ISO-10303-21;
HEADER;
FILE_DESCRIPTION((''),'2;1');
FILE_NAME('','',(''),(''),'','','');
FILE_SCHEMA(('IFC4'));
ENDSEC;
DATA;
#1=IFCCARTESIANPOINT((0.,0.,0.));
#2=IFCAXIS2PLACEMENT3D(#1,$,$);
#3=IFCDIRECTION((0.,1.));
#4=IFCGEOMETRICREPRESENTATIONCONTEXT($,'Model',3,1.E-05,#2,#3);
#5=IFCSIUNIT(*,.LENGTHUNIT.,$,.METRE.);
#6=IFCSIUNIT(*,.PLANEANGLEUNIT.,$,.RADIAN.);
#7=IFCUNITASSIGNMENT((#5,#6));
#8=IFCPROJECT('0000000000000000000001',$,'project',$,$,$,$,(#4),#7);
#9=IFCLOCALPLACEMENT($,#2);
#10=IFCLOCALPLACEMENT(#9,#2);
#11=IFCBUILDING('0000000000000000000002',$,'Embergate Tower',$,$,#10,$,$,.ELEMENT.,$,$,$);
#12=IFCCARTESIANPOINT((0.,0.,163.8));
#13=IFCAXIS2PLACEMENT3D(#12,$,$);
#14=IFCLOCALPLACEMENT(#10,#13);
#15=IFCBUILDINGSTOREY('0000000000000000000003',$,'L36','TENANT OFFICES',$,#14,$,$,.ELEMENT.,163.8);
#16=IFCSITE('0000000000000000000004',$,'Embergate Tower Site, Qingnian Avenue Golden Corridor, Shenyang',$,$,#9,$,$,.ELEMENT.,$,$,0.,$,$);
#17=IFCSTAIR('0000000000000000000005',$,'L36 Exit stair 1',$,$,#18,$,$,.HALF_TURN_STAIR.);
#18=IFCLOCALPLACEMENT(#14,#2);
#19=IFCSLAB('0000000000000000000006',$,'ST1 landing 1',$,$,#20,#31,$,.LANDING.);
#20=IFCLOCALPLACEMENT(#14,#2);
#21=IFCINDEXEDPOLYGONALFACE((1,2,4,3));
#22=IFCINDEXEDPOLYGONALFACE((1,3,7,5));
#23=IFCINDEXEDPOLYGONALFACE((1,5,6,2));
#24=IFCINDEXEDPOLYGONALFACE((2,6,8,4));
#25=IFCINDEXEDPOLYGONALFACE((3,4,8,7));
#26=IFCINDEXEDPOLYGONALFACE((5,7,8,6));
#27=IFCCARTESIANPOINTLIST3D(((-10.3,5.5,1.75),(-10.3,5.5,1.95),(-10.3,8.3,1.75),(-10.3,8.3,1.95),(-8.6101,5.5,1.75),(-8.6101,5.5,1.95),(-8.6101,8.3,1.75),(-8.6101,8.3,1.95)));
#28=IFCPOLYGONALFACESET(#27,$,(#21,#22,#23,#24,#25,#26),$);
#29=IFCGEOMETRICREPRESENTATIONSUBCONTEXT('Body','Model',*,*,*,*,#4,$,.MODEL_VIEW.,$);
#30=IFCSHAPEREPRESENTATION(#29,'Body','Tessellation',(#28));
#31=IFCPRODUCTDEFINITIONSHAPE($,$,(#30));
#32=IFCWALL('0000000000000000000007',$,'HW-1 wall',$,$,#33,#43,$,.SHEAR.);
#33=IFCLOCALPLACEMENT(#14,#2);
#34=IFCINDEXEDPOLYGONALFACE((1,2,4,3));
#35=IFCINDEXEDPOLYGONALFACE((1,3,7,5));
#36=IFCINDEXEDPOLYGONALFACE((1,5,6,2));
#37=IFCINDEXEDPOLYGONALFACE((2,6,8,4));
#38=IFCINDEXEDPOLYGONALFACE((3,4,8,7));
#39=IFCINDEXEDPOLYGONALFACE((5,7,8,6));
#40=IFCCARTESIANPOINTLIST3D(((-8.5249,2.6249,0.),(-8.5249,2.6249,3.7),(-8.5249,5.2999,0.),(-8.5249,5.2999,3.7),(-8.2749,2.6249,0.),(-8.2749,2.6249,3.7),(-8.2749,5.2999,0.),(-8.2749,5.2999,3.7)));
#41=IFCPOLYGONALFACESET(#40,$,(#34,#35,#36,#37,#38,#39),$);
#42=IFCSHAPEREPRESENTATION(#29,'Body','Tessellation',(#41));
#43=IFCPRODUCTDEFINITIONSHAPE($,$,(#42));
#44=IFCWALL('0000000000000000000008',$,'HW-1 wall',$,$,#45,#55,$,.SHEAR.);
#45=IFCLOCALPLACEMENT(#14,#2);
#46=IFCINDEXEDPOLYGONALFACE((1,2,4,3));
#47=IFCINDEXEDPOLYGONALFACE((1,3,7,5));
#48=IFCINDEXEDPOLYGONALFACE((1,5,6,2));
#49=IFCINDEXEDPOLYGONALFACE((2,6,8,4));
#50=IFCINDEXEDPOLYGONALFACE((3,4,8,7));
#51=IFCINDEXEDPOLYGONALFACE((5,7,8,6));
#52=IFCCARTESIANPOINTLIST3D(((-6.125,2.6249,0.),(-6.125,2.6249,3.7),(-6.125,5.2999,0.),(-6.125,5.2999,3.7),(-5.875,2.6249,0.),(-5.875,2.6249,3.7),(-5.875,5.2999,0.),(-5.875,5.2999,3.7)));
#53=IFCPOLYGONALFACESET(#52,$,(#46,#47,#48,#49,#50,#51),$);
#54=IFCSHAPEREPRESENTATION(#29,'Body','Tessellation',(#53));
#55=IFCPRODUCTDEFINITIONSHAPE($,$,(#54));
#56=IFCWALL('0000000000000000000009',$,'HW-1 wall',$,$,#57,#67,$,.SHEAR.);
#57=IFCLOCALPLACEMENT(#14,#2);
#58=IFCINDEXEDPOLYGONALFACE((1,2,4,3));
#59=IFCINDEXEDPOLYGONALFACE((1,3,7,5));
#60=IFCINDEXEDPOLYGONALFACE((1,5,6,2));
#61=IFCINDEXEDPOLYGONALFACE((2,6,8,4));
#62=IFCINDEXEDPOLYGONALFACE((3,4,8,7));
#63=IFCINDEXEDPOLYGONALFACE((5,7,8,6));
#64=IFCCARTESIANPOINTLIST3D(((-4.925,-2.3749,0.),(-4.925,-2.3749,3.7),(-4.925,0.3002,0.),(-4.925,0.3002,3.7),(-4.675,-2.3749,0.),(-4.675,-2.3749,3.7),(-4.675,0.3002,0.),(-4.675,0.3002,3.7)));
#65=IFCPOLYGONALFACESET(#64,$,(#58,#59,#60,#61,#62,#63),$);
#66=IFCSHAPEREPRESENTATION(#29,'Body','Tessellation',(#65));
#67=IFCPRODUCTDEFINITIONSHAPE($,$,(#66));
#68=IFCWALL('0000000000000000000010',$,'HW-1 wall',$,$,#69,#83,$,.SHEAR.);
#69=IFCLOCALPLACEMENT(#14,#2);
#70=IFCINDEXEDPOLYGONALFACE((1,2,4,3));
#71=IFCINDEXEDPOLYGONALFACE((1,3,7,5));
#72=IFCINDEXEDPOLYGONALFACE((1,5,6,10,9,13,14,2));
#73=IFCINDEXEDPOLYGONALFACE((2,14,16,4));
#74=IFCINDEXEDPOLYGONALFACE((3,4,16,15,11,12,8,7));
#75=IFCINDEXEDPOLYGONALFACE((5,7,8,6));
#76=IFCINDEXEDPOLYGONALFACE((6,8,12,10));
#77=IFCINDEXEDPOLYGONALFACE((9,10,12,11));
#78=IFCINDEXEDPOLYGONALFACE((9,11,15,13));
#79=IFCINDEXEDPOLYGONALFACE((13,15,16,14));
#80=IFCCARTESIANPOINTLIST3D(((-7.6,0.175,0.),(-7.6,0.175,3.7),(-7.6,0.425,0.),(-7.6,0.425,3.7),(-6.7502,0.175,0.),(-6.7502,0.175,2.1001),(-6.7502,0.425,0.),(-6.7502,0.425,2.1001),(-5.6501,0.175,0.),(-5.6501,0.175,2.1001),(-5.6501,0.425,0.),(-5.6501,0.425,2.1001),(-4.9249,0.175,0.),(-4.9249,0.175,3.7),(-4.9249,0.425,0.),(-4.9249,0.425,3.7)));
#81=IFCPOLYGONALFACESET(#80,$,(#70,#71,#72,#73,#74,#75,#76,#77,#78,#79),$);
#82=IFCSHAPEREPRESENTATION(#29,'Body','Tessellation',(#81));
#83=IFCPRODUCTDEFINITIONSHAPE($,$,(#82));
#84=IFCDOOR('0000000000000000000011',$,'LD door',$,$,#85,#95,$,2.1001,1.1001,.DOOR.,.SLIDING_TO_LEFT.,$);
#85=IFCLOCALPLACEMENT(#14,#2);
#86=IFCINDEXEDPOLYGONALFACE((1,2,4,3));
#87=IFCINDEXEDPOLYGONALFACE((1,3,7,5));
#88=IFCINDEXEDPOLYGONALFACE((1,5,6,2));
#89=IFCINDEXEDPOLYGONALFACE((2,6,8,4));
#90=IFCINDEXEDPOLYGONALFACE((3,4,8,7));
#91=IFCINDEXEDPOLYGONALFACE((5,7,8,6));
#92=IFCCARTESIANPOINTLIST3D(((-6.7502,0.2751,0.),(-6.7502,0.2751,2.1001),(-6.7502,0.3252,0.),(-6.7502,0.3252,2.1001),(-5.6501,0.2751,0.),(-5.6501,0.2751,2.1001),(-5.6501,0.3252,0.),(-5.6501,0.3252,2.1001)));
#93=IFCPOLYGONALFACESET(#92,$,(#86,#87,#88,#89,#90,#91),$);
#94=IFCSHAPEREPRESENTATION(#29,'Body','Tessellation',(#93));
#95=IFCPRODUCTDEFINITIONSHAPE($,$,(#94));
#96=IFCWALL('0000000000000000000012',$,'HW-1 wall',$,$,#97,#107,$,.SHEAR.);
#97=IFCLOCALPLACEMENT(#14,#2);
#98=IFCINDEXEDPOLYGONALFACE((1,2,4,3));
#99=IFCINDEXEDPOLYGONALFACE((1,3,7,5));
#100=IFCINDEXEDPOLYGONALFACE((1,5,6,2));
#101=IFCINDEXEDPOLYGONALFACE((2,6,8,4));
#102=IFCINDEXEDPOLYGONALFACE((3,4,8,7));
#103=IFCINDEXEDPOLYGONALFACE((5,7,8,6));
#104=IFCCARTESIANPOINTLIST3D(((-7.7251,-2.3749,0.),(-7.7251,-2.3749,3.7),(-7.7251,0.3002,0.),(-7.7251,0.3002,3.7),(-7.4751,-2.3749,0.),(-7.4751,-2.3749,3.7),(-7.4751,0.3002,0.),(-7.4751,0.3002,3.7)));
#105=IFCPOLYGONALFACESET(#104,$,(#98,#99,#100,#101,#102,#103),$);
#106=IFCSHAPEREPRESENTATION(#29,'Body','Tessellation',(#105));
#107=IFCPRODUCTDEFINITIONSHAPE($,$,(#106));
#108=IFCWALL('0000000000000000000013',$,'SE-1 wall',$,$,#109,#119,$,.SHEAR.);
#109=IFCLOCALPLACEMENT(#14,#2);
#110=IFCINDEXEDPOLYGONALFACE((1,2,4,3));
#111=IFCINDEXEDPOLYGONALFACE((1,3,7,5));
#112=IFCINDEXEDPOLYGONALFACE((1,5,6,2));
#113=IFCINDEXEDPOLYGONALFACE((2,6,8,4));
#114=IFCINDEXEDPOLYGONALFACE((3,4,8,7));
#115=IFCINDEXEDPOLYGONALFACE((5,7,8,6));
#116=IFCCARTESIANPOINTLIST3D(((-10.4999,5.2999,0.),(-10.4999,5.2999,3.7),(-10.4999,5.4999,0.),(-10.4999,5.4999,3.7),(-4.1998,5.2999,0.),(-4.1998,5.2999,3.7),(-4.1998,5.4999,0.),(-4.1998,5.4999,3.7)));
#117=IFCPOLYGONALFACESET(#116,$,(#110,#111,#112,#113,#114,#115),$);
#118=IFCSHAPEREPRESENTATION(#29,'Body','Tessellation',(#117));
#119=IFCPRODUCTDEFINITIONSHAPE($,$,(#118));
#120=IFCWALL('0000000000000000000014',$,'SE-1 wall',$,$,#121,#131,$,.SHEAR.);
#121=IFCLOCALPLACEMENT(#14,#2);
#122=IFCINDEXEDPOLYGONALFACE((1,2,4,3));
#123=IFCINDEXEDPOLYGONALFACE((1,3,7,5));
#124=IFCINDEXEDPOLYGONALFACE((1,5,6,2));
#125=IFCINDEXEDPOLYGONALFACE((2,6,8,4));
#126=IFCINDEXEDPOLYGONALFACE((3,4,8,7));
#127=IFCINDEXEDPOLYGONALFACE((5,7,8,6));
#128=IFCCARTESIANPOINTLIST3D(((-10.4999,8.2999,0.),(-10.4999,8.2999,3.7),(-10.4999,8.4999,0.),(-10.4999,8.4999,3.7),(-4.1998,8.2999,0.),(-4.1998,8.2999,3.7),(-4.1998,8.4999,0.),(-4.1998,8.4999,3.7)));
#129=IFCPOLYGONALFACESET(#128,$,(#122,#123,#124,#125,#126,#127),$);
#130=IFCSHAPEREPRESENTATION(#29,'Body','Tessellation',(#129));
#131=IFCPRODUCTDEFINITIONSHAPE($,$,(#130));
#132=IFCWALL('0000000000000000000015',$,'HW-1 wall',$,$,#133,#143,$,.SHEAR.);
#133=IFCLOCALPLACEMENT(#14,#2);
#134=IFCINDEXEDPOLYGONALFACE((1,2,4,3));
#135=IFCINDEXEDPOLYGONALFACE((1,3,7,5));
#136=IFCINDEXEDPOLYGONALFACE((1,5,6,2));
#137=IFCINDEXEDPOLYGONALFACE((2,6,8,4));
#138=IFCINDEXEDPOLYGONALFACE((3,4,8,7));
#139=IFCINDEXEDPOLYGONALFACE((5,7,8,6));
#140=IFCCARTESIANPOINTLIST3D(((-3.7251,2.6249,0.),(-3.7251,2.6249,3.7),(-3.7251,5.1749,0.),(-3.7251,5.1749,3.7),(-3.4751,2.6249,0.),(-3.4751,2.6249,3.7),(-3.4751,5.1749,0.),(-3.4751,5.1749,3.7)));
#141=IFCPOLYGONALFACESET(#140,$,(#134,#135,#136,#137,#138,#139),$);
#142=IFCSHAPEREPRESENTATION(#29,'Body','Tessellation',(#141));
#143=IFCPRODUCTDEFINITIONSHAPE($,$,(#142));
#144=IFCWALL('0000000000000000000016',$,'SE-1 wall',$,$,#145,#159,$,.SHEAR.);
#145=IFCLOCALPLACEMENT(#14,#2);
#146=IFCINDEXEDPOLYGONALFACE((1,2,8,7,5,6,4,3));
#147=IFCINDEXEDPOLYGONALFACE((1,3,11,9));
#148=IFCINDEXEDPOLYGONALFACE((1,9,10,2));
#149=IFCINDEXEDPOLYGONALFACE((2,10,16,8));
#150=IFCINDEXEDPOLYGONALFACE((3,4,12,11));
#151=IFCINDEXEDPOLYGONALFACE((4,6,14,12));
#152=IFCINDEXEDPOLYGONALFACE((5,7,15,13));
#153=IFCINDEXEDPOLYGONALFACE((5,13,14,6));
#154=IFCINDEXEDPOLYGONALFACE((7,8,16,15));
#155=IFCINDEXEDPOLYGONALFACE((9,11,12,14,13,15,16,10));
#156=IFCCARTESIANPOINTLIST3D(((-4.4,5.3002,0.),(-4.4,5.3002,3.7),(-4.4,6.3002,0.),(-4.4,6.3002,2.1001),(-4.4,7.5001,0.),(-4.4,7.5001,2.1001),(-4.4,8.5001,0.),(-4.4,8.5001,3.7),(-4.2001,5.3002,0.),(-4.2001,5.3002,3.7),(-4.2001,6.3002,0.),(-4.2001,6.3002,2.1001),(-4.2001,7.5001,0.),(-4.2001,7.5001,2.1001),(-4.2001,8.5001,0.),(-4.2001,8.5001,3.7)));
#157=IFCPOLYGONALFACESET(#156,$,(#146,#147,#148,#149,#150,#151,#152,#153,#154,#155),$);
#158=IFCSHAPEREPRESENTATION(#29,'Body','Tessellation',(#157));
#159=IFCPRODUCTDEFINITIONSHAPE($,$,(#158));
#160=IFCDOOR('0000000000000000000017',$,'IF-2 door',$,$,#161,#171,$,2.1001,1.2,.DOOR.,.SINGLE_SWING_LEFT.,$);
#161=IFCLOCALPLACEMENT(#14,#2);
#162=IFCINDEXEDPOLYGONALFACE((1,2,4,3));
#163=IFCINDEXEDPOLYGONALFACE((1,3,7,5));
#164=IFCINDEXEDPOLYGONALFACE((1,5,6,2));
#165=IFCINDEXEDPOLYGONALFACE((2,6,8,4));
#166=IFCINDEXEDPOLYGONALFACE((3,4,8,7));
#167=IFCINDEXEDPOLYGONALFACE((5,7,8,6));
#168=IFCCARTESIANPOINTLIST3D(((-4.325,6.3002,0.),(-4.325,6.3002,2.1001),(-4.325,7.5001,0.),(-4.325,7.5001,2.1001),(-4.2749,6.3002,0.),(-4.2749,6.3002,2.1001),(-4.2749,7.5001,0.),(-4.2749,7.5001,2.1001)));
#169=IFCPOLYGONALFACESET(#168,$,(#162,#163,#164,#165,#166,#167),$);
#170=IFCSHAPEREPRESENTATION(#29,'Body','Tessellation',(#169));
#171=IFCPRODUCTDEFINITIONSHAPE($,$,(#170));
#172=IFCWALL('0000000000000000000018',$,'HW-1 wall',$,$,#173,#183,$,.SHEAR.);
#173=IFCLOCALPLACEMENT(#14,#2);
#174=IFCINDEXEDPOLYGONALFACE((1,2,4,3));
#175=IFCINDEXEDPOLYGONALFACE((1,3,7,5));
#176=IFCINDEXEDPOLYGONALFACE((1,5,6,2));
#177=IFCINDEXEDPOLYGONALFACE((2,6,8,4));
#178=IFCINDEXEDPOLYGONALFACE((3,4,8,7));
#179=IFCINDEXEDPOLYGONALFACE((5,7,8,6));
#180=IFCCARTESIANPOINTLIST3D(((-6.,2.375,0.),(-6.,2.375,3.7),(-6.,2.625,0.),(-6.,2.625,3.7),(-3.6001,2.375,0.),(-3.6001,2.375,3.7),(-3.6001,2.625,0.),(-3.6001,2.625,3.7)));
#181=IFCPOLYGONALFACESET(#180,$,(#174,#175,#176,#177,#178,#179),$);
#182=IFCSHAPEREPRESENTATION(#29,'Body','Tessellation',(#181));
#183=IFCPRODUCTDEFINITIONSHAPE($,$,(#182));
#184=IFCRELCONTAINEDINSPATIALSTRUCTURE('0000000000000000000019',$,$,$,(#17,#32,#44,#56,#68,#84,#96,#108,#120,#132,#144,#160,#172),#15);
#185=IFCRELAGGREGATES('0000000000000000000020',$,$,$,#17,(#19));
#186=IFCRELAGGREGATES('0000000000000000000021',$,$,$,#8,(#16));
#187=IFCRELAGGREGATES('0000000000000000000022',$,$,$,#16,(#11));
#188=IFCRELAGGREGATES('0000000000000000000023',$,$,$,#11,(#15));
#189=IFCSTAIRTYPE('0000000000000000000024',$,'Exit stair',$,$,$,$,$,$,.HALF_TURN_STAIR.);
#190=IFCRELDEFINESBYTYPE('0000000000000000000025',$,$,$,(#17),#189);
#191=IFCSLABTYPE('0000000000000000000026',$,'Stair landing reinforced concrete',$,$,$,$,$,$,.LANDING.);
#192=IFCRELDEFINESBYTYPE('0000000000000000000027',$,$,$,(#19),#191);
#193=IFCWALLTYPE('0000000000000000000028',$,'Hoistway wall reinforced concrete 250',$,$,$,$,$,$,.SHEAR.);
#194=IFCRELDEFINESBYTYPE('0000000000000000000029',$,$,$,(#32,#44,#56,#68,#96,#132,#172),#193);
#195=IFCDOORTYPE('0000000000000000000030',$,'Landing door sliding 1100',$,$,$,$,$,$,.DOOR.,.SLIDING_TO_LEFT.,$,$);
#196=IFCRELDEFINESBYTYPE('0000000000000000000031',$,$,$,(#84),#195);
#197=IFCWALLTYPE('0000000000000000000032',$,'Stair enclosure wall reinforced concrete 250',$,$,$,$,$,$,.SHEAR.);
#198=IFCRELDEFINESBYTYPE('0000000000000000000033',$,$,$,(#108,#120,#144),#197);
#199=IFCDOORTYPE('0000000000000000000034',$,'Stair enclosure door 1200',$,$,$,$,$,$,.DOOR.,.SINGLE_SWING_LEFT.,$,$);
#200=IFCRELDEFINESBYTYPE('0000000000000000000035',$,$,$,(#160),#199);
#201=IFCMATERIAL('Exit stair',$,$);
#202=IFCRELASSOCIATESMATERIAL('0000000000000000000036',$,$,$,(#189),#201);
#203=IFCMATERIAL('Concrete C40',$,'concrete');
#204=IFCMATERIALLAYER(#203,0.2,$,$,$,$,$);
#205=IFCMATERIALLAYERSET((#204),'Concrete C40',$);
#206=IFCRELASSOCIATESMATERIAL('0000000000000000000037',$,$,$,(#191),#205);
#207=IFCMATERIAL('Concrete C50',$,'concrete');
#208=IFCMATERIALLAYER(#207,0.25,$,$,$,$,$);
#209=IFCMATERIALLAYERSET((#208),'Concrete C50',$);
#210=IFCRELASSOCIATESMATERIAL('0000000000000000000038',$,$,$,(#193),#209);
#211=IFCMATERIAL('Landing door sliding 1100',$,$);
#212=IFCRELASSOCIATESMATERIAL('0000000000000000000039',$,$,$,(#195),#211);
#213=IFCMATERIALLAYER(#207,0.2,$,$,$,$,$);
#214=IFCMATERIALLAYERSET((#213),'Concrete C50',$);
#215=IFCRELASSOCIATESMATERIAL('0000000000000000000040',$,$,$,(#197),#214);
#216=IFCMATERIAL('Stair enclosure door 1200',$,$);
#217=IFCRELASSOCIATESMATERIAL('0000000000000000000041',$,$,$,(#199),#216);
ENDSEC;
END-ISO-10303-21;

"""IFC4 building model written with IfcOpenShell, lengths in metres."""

from ifc_helpers import new_model, si_unit, direction, frame, frame_2d, origin, place, context, subcontext, project, spatial, polyline, rectangle, outline, extrude, source, transform, mapped, material, layer, layer_set, type_object, element, fill, aggregate, save


model = new_model("IFC4")

# Units and contexts
model_context = context("Model", 3, precision=1e-05, world=origin(), true_north=direction((0.0, 1.0)))
body_context = subcontext(model_context, "Body", "Model", "MODEL_VIEW")
ifc_project = project(units=[si_unit("LENGTHUNIT", "METRE"), si_unit("PLANEANGLEUNIT", "RADIAN")], contexts=[model_context])

# Site, building, storey
site_placement = place(None, origin())
site = spatial("IfcSite", under=ifc_project, at=site_placement, Name="Embergate Tower Site, Qingnian Avenue Golden Corridor, Shenyang", CompositionType="ELEMENT", RefElevation=0.0)
building_placement = place(site_placement, origin())
building = spatial("IfcBuilding", under=site, at=building_placement, Name="Embergate Tower", CompositionType="ELEMENT")
storey_placement = place(building_placement, frame((0.0, 0.0, 163.8)))
storey = spatial("IfcBuildingStorey", under=building, at=storey_placement, Name="L36", Description="TENANT OFFICES", CompositionType="ELEMENT", Elevation=163.8)

# Stair, slab
ifc_material_1 = material(Name="Exit stair")
stair_type = type_object("IfcStairType", Name="Exit stair", PredefinedType="HALF_TURN_STAIR", material=ifc_material_1)
stair_placement = place(storey_placement, origin())
stair = element("IfcStair", 1, at=stair_placement, inside=storey, type_object=stair_type, Name="L36 Exit stair 1", PredefinedType="HALF_TURN_STAIR")
ifc_material_2 = material(Name="Concrete C40", Category="concrete")
ifc_layer_1 = layer(ifc_material_2, 0.2)
ifc_layer_set_1 = layer_set([ifc_layer_1], Name="Concrete C40")
slab_type = type_object("IfcSlabType", Name="Stair landing reinforced concrete", PredefinedType="LANDING", material=ifc_layer_set_1)
shared_shape_1 = source(origin(), body_context, "Body", "SweptSolid", [
    extrude(outline(polyline([(0.0, 0.0), (1.6899, 0.0), (1.6899, 2.8), (0.0, 2.8), (0.0, 0.0)])), origin(), (0.0, 0.0, 1.0), 0.2),
])
slab_placement = place(storey_placement, frame((-10.3, 5.5, 1.75)))
slab = element("IfcSlab", 2, at=slab_placement, type_object=slab_type, Name="ST1 landing 1", PredefinedType="LANDING", context=body_context, shape_type="MappedRepresentation", body=[
    mapped(shared_shape_1, transform((0.0, 0.0, 0.0))),
])

# Walls
ifc_material_3 = material(Name="Concrete C50", Category="concrete")
ifc_layer_2 = layer(ifc_material_3, 0.25)
ifc_layer_set_2 = layer_set([ifc_layer_2], Name="Concrete C50")
wall_type_1 = type_object("IfcWallType", Name="Hoistway wall reinforced concrete 250", PredefinedType="SHEAR", material=ifc_layer_set_2)
shared_shape_2 = source(origin(), body_context, "Body", "SweptSolid", [
    extrude(rectangle(XDim=2.675, YDim=0.25, at=frame_2d((1.3374, 0.0))), origin(), (0.0, 0.0, 1.0), 3.7),
])
for number, where, z_axis, x_axis, name in (
    (3, (-8.3999, 2.625, 0.0), (0.0, 0.0, 1.0), (0.0, 1.0, 0.0), "HW-1 wall"),
    (4, (-6.0, 2.625, 0.0), (0.0, 0.0, 1.0), (0.0, 1.0, 0.0), "HW-1 wall"),
    (5, (-4.8, 0.3, 0.0), (0.0, 0.0, 1.0), (0.0, -1.0, 0.0), "HW-1 wall"),
):
    element("IfcWall", number, at=place(storey_placement, frame(where, z_axis=z_axis, x_axis=x_axis)), inside=storey, type_object=wall_type_1, Name=name, PredefinedType="SHEAR", context=body_context, shape_type="MappedRepresentation", body=[
        mapped(shared_shape_2, transform((0.0, 0.0, 0.0))),
    ])

# Wall, opening, door
wall_1_placement = place(storey_placement, frame((-4.925, 0.3, 0.0), z_axis=(0.0, 0.0, 1.0), x_axis=(-1.0, 0.0, 0.0)))
wall_1 = element("IfcWall", 6, at=wall_1_placement, inside=storey, type_object=wall_type_1, Name="HW-1 wall", PredefinedType="SHEAR", context=body_context, shape_type="MappedRepresentation", body=[
    mapped(shared_shape_2, transform((0.0, 0.0, 0.0))),
])
shared_shape_3 = source(origin(), body_context, "Body", "SweptSolid", [
    extrude(rectangle(XDim=1.1001, YDim=2.1001, at=frame_2d((0.55, 1.05))), frame((0.0, 0.135, 0.0), z_axis=(0.0, -1.0, 0.0), x_axis=(1.0, 0.0, 0.0)), (0.0, 0.0, 1.0), 0.27),
])
opening_1_placement = place(wall_1_placement, frame((0.7251, 0.0, 0.0)))
opening_1 = element("IfcOpeningElement", 7, at=opening_1_placement, cuts=wall_1, PredefinedType="OPENING", context=body_context, shape_type="MappedRepresentation", body=[
    mapped(shared_shape_3, transform((0.0, 0.0, 0.0))),
])
ifc_material_4 = material(Name="Landing door sliding 1100")
door_type_1 = type_object("IfcDoorType", Name="Landing door sliding 1100", OperationType="SLIDING_TO_LEFT", PredefinedType="DOOR", material=ifc_material_4)
shared_shape_4 = source(origin(), body_context, "Body", "SweptSolid", [
    extrude(rectangle(XDim=1.1001, YDim=2.1001, at=frame_2d((0.55, 1.05))), frame((0.0, 0.0249, 0.0), z_axis=(0.0, -1.0, 0.0), x_axis=(1.0, 0.0, 0.0)), (0.0, 0.0, 1.0), 0.05),
])
door_1_placement = place(opening_1_placement, origin())
door_1 = element("IfcDoor", 8, at=door_1_placement, inside=storey, type_object=door_type_1, Name="LD door", OperationType="SLIDING_TO_LEFT", OverallHeight=2.1001, OverallWidth=1.1001, PredefinedType="DOOR", context=body_context, shape_type="MappedRepresentation", body=[
    mapped(shared_shape_4, transform((0.0, 0.0, 0.0))),
])
fill(opening_1, door_1)

# Walls
wall_2_placement = place(storey_placement, frame((-7.6001, 0.3, 0.0), z_axis=(0.0, 0.0, 1.0), x_axis=(0.0, -1.0, 0.0)))
element("IfcWall", 9, at=wall_2_placement, inside=storey, type_object=wall_type_1, Name="HW-1 wall", PredefinedType="SHEAR", context=body_context, shape_type="MappedRepresentation", body=[
    mapped(shared_shape_2, transform((0.0, 0.0, 0.0))),
])
ifc_layer_3 = layer(ifc_material_3, 0.2)
ifc_layer_set_3 = layer_set([ifc_layer_3], Name="Concrete C50")
wall_type_2 = type_object("IfcWallType", Name="Stair enclosure wall reinforced concrete 250", PredefinedType="SHEAR", material=ifc_layer_set_3)
shared_shape_5 = source(origin(), body_context, "Body", "SweptSolid", [
    extrude(rectangle(XDim=6.3, YDim=0.2, at=frame_2d((3.1499, 0.0))), origin(), (0.0, 0.0, 1.0), 3.7),
])
for number, where, z_axis, x_axis, name in (
    (10, (-4.2, 5.3999, 0.0), (0.0, 0.0, 1.0), (-1.0, 0.0, 0.0), "SE-1 wall"),
    (11, (-4.2, 8.3999, 0.0), (0.0, 0.0, 1.0), (-1.0, 0.0, 0.0), "SE-1 wall"),
):
    element("IfcWall", number, at=place(storey_placement, frame(where, z_axis=z_axis, x_axis=x_axis)), inside=storey, type_object=wall_type_2, Name=name, PredefinedType="SHEAR", context=body_context, shape_type="MappedRepresentation", body=[
        mapped(shared_shape_5, transform((0.0, 0.0, 0.0))),
    ])
shared_shape_6 = source(origin(), body_context, "Body", "SweptSolid", [
    extrude(rectangle(XDim=2.55, YDim=0.25, at=frame_2d((1.2749, 0.0))), origin(), (0.0, 0.0, 1.0), 3.7),
])
wall_3_placement = place(storey_placement, frame((-3.6001, 2.625, 0.0), z_axis=(0.0, 0.0, 1.0), x_axis=(0.0, 1.0, 0.0)))
element("IfcWall", 12, at=wall_3_placement, inside=storey, type_object=wall_type_1, Name="HW-1 wall", PredefinedType="SHEAR", context=body_context, shape_type="MappedRepresentation", body=[
    mapped(shared_shape_6, transform((0.0, 0.0, 0.0))),
])

# Wall, opening, door
shared_shape_7 = source(origin(), body_context, "Body", "SweptSolid", [
    extrude(rectangle(XDim=3.2, YDim=0.2, at=frame_2d((1.6001, 0.0))), origin(), (0.0, 0.0, 1.0), 3.7),
])
wall_4_placement = place(storey_placement, frame((-4.3, 5.3, 0.0), z_axis=(0.0, 0.0, 1.0), x_axis=(0.0, 1.0, 0.0)))
wall_4 = element("IfcWall", 13, at=wall_4_placement, inside=storey, type_object=wall_type_2, Name="SE-1 wall", PredefinedType="SHEAR", context=body_context, shape_type="MappedRepresentation", body=[
    mapped(shared_shape_7, transform((0.0, 0.0, 0.0))),
])
shared_shape_8 = source(origin(), body_context, "Body", "SweptSolid", [
    extrude(rectangle(XDim=1.2, YDim=2.1001, at=frame_2d((0.6001, 1.05))), frame((0.0, 0.1099, 0.0), z_axis=(0.0, -1.0, 0.0), x_axis=(1.0, 0.0, 0.0)), (0.0, 0.0, 1.0), 0.22),
])
opening_2_placement = place(wall_4_placement, frame((1.0, 0.0, 0.0)))
opening_2 = element("IfcOpeningElement", 14, at=opening_2_placement, cuts=wall_4, PredefinedType="OPENING", context=body_context, shape_type="MappedRepresentation", body=[
    mapped(shared_shape_8, transform((0.0, 0.0, 0.0))),
])
ifc_material_5 = material(Name="Stair enclosure door 1200")
door_type_2 = type_object("IfcDoorType", Name="Stair enclosure door 1200", OperationType="SINGLE_SWING_LEFT", PredefinedType="DOOR", material=ifc_material_5)
shared_shape_9 = source(origin(), body_context, "Body", "SweptSolid", [
    extrude(rectangle(XDim=1.2, YDim=2.1001, at=frame_2d((0.6001, 1.05))), frame((0.0, 0.0249, 0.0), z_axis=(0.0, -1.0, 0.0), x_axis=(1.0, 0.0, 0.0)), (0.0, 0.0, 1.0), 0.05),
])
door_2_placement = place(opening_2_placement, origin())
door_2 = element("IfcDoor", 15, at=door_2_placement, inside=storey, type_object=door_type_2, Name="IF-2 door", OperationType="SINGLE_SWING_LEFT", OverallHeight=2.1001, OverallWidth=1.2, PredefinedType="DOOR", context=body_context, shape_type="MappedRepresentation", body=[
    mapped(shared_shape_9, transform((0.0, 0.0, 0.0))),
])
fill(opening_2, door_2)

# Wall
shared_shape_10 = source(origin(), body_context, "Body", "SweptSolid", [
    extrude(rectangle(XDim=2.3999, YDim=0.25, at=frame_2d((1.2, 0.0))), origin(), (0.0, 0.0, 1.0), 3.7),
])
wall_5_placement = place(storey_placement, frame((-6.0, 2.5, 0.0), z_axis=(0.0, 0.0, 1.0), x_axis=(1.0, 0.0, 0.0)))
element("IfcWall", 16, at=wall_5_placement, inside=storey, type_object=wall_type_1, Name="HW-1 wall", PredefinedType="SHEAR", context=body_context, shape_type="MappedRepresentation", body=[
    mapped(shared_shape_10, transform((0.0, 0.0, 0.0))),
])

aggregate(stair, [slab])

save(model, "model.ifc")
